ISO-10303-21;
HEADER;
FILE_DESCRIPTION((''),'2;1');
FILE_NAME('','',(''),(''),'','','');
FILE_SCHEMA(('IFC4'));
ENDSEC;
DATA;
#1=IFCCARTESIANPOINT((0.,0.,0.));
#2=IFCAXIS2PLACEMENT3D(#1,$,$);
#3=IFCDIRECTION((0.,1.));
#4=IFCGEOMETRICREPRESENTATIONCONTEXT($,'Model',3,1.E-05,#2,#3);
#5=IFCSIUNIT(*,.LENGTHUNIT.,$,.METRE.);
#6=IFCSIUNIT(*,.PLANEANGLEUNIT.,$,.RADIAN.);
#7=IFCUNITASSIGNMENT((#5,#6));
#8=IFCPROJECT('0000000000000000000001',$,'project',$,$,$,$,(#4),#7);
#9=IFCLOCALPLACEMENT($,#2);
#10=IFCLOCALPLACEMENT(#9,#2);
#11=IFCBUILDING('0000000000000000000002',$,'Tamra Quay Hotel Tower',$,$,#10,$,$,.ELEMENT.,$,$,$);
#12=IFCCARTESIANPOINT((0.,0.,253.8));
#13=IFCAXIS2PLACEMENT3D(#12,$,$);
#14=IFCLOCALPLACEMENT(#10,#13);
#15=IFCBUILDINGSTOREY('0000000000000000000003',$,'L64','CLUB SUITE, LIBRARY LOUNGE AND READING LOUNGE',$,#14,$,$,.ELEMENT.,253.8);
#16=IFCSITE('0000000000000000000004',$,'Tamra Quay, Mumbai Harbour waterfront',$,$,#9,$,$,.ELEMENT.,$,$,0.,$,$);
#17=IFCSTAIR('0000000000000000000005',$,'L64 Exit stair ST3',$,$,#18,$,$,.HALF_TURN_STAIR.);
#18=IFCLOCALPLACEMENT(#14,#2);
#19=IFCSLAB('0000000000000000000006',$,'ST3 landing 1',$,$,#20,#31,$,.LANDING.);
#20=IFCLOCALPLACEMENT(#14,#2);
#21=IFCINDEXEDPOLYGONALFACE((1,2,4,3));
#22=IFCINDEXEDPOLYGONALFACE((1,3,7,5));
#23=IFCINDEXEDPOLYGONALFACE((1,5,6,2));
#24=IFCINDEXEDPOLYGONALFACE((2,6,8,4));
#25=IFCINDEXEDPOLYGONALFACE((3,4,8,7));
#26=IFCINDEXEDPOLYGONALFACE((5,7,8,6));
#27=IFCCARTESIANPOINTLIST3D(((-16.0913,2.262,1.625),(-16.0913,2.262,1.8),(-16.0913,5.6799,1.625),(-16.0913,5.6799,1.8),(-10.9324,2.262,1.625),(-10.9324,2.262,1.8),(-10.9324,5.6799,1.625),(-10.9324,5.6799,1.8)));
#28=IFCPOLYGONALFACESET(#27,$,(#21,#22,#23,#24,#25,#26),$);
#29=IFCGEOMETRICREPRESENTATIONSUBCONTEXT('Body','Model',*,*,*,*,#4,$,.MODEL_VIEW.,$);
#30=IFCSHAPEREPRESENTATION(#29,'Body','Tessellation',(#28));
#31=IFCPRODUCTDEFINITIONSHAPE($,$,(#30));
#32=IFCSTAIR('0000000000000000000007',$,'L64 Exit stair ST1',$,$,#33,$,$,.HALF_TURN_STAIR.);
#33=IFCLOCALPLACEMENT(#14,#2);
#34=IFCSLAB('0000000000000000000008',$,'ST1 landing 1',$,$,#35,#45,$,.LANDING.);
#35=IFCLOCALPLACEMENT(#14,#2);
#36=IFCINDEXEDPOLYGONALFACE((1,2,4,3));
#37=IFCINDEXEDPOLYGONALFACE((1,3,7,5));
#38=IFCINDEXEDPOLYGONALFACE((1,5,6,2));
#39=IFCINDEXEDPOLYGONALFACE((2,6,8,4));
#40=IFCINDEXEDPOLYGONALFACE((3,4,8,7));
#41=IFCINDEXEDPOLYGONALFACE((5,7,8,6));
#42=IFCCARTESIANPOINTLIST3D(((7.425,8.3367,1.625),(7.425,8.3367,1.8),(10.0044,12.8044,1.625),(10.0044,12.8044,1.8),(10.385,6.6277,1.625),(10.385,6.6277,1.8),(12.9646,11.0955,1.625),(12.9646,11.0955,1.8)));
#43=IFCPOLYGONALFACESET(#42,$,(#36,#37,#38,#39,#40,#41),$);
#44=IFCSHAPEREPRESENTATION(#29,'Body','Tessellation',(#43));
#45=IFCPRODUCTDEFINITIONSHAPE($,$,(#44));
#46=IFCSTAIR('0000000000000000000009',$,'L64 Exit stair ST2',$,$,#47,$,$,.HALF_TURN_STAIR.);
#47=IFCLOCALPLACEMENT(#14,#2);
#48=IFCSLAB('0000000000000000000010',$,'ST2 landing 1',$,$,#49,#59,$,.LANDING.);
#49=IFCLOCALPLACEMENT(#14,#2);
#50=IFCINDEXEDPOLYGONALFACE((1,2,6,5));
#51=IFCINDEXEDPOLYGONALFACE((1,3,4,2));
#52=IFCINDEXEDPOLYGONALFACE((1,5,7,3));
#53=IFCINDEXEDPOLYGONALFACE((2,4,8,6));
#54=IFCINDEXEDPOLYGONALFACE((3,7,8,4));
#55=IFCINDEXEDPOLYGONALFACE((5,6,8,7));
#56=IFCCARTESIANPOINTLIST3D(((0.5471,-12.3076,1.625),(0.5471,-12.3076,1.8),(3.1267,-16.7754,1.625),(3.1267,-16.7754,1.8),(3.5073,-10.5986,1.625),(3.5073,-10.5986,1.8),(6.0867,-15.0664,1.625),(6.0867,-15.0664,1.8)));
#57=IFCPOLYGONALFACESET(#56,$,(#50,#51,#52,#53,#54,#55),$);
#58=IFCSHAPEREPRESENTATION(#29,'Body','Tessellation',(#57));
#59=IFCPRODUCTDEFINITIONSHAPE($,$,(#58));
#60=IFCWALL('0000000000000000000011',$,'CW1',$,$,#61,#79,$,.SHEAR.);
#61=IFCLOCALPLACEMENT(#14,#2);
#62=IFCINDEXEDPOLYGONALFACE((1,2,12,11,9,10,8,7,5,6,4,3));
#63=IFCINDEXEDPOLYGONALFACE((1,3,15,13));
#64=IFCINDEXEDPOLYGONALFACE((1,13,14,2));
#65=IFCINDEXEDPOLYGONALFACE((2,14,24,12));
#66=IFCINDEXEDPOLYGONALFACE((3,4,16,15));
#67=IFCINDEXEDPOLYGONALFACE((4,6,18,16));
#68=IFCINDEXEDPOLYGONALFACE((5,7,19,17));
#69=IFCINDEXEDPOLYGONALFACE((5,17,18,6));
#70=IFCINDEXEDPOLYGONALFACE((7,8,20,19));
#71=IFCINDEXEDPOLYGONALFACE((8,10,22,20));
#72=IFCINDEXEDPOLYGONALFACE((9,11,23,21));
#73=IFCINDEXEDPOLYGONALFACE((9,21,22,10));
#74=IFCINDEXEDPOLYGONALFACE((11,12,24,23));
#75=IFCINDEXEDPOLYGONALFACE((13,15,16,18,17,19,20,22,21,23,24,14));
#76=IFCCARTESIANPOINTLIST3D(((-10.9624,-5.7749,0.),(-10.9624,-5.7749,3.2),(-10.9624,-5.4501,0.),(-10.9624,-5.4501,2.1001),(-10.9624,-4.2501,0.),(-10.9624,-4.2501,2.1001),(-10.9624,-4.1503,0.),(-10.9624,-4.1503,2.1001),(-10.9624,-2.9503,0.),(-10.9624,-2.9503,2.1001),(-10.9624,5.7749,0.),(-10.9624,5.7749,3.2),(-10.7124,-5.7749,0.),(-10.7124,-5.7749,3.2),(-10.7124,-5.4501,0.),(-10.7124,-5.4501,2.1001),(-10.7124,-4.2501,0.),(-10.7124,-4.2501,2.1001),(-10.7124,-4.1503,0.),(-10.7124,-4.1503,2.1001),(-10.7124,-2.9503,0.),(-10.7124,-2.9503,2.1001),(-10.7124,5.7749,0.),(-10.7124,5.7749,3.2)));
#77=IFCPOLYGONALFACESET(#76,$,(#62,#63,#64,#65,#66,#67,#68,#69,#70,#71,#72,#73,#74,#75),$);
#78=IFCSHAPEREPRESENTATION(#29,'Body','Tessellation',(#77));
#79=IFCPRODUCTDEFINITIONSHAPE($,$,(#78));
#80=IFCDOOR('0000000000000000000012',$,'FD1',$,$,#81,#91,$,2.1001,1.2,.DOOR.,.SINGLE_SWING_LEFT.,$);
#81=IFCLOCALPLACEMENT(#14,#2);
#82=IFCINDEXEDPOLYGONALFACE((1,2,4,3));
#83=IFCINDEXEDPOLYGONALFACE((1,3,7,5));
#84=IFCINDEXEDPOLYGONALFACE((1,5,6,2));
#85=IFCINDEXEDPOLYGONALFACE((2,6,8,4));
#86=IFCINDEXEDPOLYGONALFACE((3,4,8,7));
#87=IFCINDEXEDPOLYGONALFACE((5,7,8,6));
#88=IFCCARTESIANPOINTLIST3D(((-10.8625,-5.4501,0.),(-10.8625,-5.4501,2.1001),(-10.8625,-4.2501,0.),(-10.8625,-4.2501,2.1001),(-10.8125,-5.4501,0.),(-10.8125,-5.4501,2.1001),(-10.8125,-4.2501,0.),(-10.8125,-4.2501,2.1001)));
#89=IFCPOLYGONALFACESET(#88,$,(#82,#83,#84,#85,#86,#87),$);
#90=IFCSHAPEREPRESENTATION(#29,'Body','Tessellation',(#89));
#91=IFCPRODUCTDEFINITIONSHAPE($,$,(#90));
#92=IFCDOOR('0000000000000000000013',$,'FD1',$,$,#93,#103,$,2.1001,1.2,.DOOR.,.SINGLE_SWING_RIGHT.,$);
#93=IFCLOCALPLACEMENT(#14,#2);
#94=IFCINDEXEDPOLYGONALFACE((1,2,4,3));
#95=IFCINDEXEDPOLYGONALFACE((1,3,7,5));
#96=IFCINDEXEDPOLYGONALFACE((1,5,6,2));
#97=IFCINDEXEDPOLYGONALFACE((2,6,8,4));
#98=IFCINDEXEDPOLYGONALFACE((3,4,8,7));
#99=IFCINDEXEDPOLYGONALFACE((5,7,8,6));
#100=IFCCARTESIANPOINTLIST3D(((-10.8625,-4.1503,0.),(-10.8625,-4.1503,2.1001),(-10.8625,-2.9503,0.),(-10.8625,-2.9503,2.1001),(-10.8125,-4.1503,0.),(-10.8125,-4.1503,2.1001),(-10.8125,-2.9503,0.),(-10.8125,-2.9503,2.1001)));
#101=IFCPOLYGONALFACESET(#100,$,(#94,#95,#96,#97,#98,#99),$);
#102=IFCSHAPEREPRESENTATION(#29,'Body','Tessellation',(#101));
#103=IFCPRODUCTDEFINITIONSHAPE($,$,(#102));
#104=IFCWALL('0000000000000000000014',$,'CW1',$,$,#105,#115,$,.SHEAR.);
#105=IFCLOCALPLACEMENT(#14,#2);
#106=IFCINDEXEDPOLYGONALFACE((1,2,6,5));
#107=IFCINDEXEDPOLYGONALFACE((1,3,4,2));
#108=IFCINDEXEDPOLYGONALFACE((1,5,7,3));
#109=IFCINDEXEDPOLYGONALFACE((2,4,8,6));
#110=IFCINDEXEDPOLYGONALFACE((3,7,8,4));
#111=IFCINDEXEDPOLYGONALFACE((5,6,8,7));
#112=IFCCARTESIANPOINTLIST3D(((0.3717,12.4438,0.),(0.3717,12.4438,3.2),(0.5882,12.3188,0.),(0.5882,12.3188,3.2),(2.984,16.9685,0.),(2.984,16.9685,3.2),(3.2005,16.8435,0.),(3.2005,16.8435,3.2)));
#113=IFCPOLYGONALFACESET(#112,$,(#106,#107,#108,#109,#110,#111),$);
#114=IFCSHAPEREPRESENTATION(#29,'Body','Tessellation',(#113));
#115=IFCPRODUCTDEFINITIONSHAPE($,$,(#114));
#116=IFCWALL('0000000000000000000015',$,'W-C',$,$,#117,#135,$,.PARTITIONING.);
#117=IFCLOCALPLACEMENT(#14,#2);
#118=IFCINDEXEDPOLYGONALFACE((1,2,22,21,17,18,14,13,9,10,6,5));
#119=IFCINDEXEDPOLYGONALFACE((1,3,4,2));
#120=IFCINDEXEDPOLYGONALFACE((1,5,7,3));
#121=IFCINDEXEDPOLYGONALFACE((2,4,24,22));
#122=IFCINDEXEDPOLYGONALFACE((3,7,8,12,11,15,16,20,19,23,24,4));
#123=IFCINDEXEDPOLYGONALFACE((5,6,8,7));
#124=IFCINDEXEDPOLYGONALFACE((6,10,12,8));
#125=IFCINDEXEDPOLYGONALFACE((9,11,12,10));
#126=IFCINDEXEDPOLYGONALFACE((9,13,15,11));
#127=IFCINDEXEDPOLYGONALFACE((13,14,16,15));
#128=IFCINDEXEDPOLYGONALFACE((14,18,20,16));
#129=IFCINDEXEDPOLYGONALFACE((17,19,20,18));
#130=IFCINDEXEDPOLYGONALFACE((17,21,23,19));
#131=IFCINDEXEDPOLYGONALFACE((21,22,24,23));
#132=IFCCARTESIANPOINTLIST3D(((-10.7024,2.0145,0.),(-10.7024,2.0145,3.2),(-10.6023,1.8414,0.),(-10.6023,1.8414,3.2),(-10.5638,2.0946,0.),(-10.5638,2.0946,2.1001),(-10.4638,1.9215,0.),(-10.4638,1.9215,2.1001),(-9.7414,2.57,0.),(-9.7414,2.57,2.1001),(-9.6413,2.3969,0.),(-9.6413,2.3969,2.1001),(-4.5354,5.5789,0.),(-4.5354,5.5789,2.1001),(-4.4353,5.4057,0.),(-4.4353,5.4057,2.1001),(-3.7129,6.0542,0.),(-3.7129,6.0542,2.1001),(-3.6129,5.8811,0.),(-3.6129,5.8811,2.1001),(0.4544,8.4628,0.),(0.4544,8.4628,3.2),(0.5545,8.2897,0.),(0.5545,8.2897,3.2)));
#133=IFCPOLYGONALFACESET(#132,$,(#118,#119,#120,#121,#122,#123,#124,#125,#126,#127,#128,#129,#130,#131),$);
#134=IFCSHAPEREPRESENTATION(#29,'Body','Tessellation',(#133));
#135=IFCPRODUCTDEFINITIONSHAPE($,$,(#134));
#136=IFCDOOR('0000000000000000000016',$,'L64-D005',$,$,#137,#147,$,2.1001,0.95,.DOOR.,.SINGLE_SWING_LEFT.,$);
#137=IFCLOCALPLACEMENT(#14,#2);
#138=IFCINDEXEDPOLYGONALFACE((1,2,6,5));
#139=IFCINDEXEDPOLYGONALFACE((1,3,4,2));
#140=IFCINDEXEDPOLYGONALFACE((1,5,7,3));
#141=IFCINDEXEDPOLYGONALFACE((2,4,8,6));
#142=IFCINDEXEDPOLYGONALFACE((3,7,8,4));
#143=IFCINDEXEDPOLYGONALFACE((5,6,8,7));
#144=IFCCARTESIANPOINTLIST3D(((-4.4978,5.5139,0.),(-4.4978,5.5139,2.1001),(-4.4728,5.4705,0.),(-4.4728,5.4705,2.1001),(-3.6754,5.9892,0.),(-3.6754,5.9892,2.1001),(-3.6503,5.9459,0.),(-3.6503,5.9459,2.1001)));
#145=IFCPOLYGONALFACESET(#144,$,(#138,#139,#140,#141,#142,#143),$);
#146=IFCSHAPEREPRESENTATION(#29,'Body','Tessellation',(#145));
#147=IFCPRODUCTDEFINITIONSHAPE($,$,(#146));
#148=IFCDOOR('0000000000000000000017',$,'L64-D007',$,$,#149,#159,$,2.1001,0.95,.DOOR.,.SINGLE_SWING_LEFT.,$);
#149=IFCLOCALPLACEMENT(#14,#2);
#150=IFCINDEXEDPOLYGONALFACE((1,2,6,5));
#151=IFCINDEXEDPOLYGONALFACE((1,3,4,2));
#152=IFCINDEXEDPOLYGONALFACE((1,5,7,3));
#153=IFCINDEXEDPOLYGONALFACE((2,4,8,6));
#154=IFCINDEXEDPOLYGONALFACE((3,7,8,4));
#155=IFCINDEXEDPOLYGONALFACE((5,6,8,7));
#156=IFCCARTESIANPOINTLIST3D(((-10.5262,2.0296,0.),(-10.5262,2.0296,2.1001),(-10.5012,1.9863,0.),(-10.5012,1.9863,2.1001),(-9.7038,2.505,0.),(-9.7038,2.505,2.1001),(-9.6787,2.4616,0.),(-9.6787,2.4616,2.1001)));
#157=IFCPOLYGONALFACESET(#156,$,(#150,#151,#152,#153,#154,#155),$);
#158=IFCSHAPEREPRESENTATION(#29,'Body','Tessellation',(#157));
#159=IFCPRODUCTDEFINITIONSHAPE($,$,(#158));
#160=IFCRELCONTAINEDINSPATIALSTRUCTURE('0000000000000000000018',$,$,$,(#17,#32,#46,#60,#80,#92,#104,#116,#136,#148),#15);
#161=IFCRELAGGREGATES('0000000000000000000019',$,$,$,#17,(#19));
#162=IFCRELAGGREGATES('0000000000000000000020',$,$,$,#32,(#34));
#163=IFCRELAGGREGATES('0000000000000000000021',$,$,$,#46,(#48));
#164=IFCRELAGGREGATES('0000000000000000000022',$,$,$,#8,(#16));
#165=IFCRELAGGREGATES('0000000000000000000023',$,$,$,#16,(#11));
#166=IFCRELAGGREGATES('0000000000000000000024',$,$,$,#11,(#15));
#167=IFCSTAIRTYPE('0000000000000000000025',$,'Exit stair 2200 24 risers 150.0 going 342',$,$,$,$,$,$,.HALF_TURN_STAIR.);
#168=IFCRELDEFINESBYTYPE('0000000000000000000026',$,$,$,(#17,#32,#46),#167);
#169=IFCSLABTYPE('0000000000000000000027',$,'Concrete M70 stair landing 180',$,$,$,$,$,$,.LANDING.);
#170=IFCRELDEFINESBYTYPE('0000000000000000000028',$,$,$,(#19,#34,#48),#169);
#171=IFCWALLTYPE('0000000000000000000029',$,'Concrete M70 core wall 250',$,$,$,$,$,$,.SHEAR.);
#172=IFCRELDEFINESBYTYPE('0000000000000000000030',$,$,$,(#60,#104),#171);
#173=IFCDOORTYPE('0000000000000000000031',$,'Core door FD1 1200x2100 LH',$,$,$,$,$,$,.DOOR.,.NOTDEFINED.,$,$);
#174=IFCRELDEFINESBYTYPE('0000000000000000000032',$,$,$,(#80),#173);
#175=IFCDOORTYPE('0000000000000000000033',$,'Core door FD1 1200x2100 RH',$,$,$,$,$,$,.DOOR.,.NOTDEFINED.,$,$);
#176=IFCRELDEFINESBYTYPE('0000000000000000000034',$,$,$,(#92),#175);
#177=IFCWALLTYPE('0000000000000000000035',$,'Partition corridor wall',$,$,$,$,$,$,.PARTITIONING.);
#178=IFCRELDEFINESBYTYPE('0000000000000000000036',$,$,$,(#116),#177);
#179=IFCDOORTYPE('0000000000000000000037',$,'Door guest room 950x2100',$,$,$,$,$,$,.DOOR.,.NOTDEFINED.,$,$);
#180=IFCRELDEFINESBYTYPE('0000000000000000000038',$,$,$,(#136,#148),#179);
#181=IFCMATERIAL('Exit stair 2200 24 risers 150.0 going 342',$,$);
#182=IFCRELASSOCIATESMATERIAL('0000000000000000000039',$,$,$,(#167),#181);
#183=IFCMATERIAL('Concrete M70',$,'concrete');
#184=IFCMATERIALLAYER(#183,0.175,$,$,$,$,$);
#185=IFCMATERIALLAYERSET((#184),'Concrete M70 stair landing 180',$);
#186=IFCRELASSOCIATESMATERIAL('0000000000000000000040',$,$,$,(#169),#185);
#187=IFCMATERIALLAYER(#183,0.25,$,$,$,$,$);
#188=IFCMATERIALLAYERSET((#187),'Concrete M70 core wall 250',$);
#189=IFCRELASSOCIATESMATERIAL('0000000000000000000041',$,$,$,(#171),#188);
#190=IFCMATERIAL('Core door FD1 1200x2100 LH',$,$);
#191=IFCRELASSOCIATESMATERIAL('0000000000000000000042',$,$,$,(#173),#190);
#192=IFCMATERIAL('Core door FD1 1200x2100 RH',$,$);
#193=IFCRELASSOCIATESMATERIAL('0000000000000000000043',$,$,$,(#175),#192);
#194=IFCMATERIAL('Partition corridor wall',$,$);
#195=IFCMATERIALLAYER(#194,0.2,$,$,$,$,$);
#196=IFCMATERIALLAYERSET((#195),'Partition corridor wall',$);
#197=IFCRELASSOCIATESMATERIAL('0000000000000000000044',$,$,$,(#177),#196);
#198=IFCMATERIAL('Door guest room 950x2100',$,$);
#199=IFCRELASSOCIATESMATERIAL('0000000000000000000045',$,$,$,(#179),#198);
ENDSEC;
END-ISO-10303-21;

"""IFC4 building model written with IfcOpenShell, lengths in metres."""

from ifc_helpers import new_model, si_unit, direction, frame, frame_2d, origin, place, context, subcontext, project, spatial, polyline, rectangle, outline, extrude, material, layer, layer_set, type_object, element, fill, aggregate, save


model = new_model("IFC4")

# Units and contexts
model_context = context("Model", 3, precision=1e-05, world=origin(), true_north=direction((0.0, 1.0)))
body_context = subcontext(model_context, "Body", "Model", "MODEL_VIEW")
ifc_project = project(units=[si_unit("LENGTHUNIT", "METRE"), si_unit("PLANEANGLEUNIT", "RADIAN")], contexts=[model_context])

# Site, building, storey
site_placement = place(None, origin())
site = spatial("IfcSite", under=ifc_project, at=site_placement, Name="Tamra Quay, Mumbai Harbour waterfront", CompositionType="ELEMENT", RefElevation=0.0)
building_placement = place(site_placement, origin())
building = spatial("IfcBuilding", under=site, at=building_placement, Name="Tamra Quay Hotel Tower", CompositionType="ELEMENT")
storey_placement = place(building_placement, frame((0.0, 0.0, 253.8)))
storey = spatial("IfcBuildingStorey", under=building, at=storey_placement, Name="L64", Description="CLUB SUITE, LIBRARY LOUNGE AND READING LOUNGE", CompositionType="ELEMENT", Elevation=253.8)

# Stairs, slabs
ifc_material_1 = material(Name="Exit stair 2200 24 risers 150.0 going 342")
stair_type = type_object("IfcStairType", Name="Exit stair 2200 24 risers 150.0 going 342", PredefinedType="HALF_TURN_STAIR", material=ifc_material_1)
stair_1_placement = place(storey_placement, origin())
stair_1 = element("IfcStair", 1, at=stair_1_placement, inside=storey, type_object=stair_type, Name="L64 Exit stair ST3", PredefinedType="HALF_TURN_STAIR")
ifc_material_2 = material(Name="Concrete M70", Category="concrete")
ifc_layer_1 = layer(ifc_material_2, 0.175)
ifc_layer_set_1 = layer_set([ifc_layer_1], Name="Concrete M70 stair landing 180")
slab_type = type_object("IfcSlabType", Name="Concrete M70 stair landing 180", PredefinedType="LANDING", material=ifc_layer_set_1)
slab_1_placement = place(storey_placement, frame((0.0, 0.0, 1.625)))
slab_1 = element("IfcSlab", 2, at=slab_1_placement, type_object=slab_type, Name="ST3 landing 1", PredefinedType="LANDING", context=body_context, shape_type="SweptSolid", body=[
    extrude(outline(polyline([(-10.9324, 2.262), (-10.9324, 5.6799), (-16.0913, 5.6799), (-16.0913, 2.262), (-10.9324, 2.262)])), origin(), (0.0, 0.0, 1.0), 0.175),
])
aggregate(stair_1, [slab_1])
stair_2_placement = place(storey_placement, origin())
stair_2 = element("IfcStair", 3, at=stair_2_placement, inside=storey, type_object=stair_type, Name="L64 Exit stair ST1", PredefinedType="HALF_TURN_STAIR")
slab_2_placement = place(storey_placement, frame((0.0, 0.0, 1.625)))
slab_2 = element("IfcSlab", 4, at=slab_2_placement, type_object=slab_type, Name="ST1 landing 1", PredefinedType="LANDING", context=body_context, shape_type="SweptSolid", body=[
    extrude(outline(polyline([(7.425, 8.3367), (10.385, 6.6277), (12.9646, 11.0955), (10.0044, 12.8044), (7.425, 8.3367)])), origin(), (0.0, 0.0, 1.0), 0.175),
])
aggregate(stair_2, [slab_2])
stair_3_placement = place(storey_placement, origin())
stair_3 = element("IfcStair", 5, at=stair_3_placement, inside=storey, type_object=stair_type, Name="L64 Exit stair ST2", PredefinedType="HALF_TURN_STAIR")
slab_3_placement = place(storey_placement, frame((0.0, 0.0, 1.625)))
slab_3 = element("IfcSlab", 6, at=slab_3_placement, type_object=slab_type, Name="ST2 landing 1", PredefinedType="LANDING", context=body_context, shape_type="SweptSolid", body=[
    extrude(outline(polyline([(3.5073, -10.5986), (0.5471, -12.3076), (3.1267, -16.7754), (6.0867, -15.0664), (3.5073, -10.5986)])), origin(), (0.0, 0.0, 1.0), 0.175),
])
aggregate(stair_3, [slab_3])

# Wall, openings, doors
ifc_layer_2 = layer(ifc_material_2, 0.25)
ifc_layer_set_2 = layer_set([ifc_layer_2], Name="Concrete M70 core wall 250")
wall_type_1 = type_object("IfcWallType", Name="Concrete M70 core wall 250", PredefinedType="SHEAR", material=ifc_layer_set_2)
wall_1_placement = place(storey_placement, frame((-10.8374, 5.7749, 0.0), z_axis=(0.0, 0.0, 1.0), x_axis=(0.0, -1.0, 0.0)))
wall_1 = element("IfcWall", 7, at=wall_1_placement, inside=storey, type_object=wall_type_1, Name="CW1", PredefinedType="SHEAR", context=body_context, shape_type="SweptSolid", body=[
    extrude(rectangle(XDim=11.5498, YDim=0.25, at=frame_2d((5.7749, 0.0))), origin(), (0.0, 0.0, 1.0), 3.2),
])
opening_1_placement = place(wall_1_placement, frame((10.0249, 0.0, 0.0)))
opening_1 = element("IfcOpeningElement", 8, at=opening_1_placement, cuts=wall_1, PredefinedType="OPENING", context=body_context, shape_type="SweptSolid", body=[
    extrude(rectangle(XDim=1.2, YDim=2.1001, at=frame_2d((0.6001, 1.05))), frame((0.0, 0.135, 0.0), z_axis=(0.0, -1.0, 0.0), x_axis=(1.0, 0.0, 0.0)), (0.0, 0.0, 1.0), 0.27),
])
opening_2_placement = place(wall_1_placement, frame((8.7251, 0.0, 0.0)))
opening_2 = element("IfcOpeningElement", 9, at=opening_2_placement, cuts=wall_1, PredefinedType="OPENING", context=body_context, shape_type="SweptSolid", body=[
    extrude(rectangle(XDim=1.2, YDim=2.1001, at=frame_2d((0.6001, 1.05))), frame((0.0, 0.135, 0.0), z_axis=(0.0, -1.0, 0.0), x_axis=(1.0, 0.0, 0.0)), (0.0, 0.0, 1.0), 0.27),
])
ifc_material_3 = material(Name="Core door FD1 1200x2100 LH")
door_type_1 = type_object("IfcDoorType", Name="Core door FD1 1200x2100 LH", OperationType="NOTDEFINED", PredefinedType="DOOR", material=ifc_material_3)
door_1_placement = place(opening_1_placement, origin())
door_1 = element("IfcDoor", 10, at=door_1_placement, inside=storey, type_object=door_type_1, Name="FD1", OperationType="SINGLE_SWING_LEFT", OverallHeight=2.1001, OverallWidth=1.2, PredefinedType="DOOR", context=body_context, shape_type="SweptSolid", body=[
    extrude(rectangle(XDim=1.2, YDim=2.1001, at=frame_2d((0.6001, 1.05))), frame((0.0, 0.0249, 0.0), z_axis=(0.0, -1.0, 0.0), x_axis=(1.0, 0.0, 0.0)), (0.0, 0.0, 1.0), 0.05),
])
fill(opening_1, door_1)
ifc_material_4 = material(Name="Core door FD1 1200x2100 RH")
door_type_2 = type_object("IfcDoorType", Name="Core door FD1 1200x2100 RH", OperationType="NOTDEFINED", PredefinedType="DOOR", material=ifc_material_4)
door_2_placement = place(opening_2_placement, origin())
door_2 = element("IfcDoor", 11, at=door_2_placement, inside=storey, type_object=door_type_2, Name="FD1", OperationType="SINGLE_SWING_RIGHT", OverallHeight=2.1001, OverallWidth=1.2, PredefinedType="DOOR", context=body_context, shape_type="SweptSolid", body=[
    extrude(rectangle(XDim=1.2, YDim=2.1001, at=frame_2d((0.6001, 1.05))), frame((0.0, 0.0249, 0.0), z_axis=(0.0, -1.0, 0.0), x_axis=(1.0, 0.0, 0.0)), (0.0, 0.0, 1.0), 0.05),
])
fill(opening_2, door_2)

# Wall
wall_2_placement = place(storey_placement, frame((0.48, 12.3813, 0.0), z_axis=(0.0, 0.0, 1.0), x_axis=(0.499999, 0.866026, 0.0)))
element("IfcWall", 12, at=wall_2_placement, inside=storey, type_object=wall_type_1, Name="CW1", PredefinedType="SHEAR", context=body_context, shape_type="SweptSolid", body=[
    extrude(rectangle(XDim=5.2246, YDim=0.25, at=frame_2d((2.6123, 0.0))), origin(), (0.0, 0.0, 1.0), 3.2),
])

# Wall, openings, doors
ifc_material_5 = material(Name="Partition corridor wall")
ifc_layer_3 = layer(ifc_material_5, 0.2)
ifc_layer_set_3 = layer_set([ifc_layer_3], Name="Partition corridor wall")
wall_type_2 = type_object("IfcWallType", Name="Partition corridor wall", PredefinedType="PARTITIONING", material=ifc_layer_set_3)
wall_3_placement = place(storey_placement, frame((-10.6523, 1.928, 0.0), z_axis=(0.0, 0.0, 1.0), x_axis=(0.865794, 0.500401, 0.0)))
wall_3 = element("IfcWall", 13, at=wall_3_placement, inside=storey, type_object=wall_type_2, Name="W-C", PredefinedType="PARTITIONING", context=body_context, shape_type="SweptSolid", body=[
    extrude(rectangle(XDim=12.8862, YDim=0.2, at=frame_2d((6.4431, 0.0))), origin(), (0.0, 0.0, 1.0), 3.2),
])
opening_3_placement = place(wall_3_placement, frame((7.1228, 0.0, 0.0)))
opening_3 = element("IfcOpeningElement", 14, at=opening_3_placement, cuts=wall_3, PredefinedType="OPENING", context=body_context, shape_type="SweptSolid", body=[
    extrude(rectangle(XDim=0.95, YDim=2.1001, at=frame_2d((0.4751, 1.05))), frame((0.0, 0.1099, 0.0), z_axis=(0.0, -1.0, 0.0), x_axis=(1.0, 0.0, 0.0)), (0.0, 0.0, 1.0), 0.22),
])
opening_4_placement = place(wall_3_placement, frame((0.1599, 0.0, 0.0)))
opening_4 = element("IfcOpeningElement", 15, at=opening_4_placement, cuts=wall_3, PredefinedType="OPENING", context=body_context, shape_type="SweptSolid", body=[
    extrude(rectangle(XDim=0.95, YDim=2.1001, at=frame_2d((0.4751, 1.05))), frame((0.0, 0.1099, 0.0), z_axis=(0.0, -1.0, 0.0), x_axis=(1.0, 0.0, 0.0)), (0.0, 0.0, 1.0), 0.22),
])
ifc_material_6 = material(Name="Door guest room 950x2100")
door_type_3 = type_object("IfcDoorType", Name="Door guest room 950x2100", OperationType="NOTDEFINED", PredefinedType="DOOR", material=ifc_material_6)
door_3_placement = place(opening_3_placement, origin())
door_3 = element("IfcDoor", 16, at=door_3_placement, inside=storey, type_object=door_type_3, Name="L64-D005", OperationType="SINGLE_SWING_LEFT", OverallHeight=2.1001, OverallWidth=0.95, PredefinedType="DOOR", context=body_context, shape_type="SweptSolid", body=[
    extrude(rectangle(XDim=0.95, YDim=2.1001, at=frame_2d((0.4751, 1.05))), frame((0.0, 0.0249, 0.0), z_axis=(0.0, -1.0, 0.0), x_axis=(1.0, 0.0, 0.0)), (0.0, 0.0, 1.0), 0.05),
])
fill(opening_3, door_3)
door_4_placement = place(opening_4_placement, origin())
door_4 = element("IfcDoor", 17, at=door_4_placement, inside=storey, type_object=door_type_3, Name="L64-D007", OperationType="SINGLE_SWING_LEFT", OverallHeight=2.1001, OverallWidth=0.95, PredefinedType="DOOR", context=body_context, shape_type="SweptSolid", body=[
    extrude(rectangle(XDim=0.95, YDim=2.1001, at=frame_2d((0.4751, 1.05))), frame((0.0, 0.0249, 0.0), z_axis=(0.0, -1.0, 0.0), x_axis=(1.0, 0.0, 0.0)), (0.0, 0.0, 1.0), 0.05),
])
fill(opening_4, door_4)

save(model, "model.ifc")
